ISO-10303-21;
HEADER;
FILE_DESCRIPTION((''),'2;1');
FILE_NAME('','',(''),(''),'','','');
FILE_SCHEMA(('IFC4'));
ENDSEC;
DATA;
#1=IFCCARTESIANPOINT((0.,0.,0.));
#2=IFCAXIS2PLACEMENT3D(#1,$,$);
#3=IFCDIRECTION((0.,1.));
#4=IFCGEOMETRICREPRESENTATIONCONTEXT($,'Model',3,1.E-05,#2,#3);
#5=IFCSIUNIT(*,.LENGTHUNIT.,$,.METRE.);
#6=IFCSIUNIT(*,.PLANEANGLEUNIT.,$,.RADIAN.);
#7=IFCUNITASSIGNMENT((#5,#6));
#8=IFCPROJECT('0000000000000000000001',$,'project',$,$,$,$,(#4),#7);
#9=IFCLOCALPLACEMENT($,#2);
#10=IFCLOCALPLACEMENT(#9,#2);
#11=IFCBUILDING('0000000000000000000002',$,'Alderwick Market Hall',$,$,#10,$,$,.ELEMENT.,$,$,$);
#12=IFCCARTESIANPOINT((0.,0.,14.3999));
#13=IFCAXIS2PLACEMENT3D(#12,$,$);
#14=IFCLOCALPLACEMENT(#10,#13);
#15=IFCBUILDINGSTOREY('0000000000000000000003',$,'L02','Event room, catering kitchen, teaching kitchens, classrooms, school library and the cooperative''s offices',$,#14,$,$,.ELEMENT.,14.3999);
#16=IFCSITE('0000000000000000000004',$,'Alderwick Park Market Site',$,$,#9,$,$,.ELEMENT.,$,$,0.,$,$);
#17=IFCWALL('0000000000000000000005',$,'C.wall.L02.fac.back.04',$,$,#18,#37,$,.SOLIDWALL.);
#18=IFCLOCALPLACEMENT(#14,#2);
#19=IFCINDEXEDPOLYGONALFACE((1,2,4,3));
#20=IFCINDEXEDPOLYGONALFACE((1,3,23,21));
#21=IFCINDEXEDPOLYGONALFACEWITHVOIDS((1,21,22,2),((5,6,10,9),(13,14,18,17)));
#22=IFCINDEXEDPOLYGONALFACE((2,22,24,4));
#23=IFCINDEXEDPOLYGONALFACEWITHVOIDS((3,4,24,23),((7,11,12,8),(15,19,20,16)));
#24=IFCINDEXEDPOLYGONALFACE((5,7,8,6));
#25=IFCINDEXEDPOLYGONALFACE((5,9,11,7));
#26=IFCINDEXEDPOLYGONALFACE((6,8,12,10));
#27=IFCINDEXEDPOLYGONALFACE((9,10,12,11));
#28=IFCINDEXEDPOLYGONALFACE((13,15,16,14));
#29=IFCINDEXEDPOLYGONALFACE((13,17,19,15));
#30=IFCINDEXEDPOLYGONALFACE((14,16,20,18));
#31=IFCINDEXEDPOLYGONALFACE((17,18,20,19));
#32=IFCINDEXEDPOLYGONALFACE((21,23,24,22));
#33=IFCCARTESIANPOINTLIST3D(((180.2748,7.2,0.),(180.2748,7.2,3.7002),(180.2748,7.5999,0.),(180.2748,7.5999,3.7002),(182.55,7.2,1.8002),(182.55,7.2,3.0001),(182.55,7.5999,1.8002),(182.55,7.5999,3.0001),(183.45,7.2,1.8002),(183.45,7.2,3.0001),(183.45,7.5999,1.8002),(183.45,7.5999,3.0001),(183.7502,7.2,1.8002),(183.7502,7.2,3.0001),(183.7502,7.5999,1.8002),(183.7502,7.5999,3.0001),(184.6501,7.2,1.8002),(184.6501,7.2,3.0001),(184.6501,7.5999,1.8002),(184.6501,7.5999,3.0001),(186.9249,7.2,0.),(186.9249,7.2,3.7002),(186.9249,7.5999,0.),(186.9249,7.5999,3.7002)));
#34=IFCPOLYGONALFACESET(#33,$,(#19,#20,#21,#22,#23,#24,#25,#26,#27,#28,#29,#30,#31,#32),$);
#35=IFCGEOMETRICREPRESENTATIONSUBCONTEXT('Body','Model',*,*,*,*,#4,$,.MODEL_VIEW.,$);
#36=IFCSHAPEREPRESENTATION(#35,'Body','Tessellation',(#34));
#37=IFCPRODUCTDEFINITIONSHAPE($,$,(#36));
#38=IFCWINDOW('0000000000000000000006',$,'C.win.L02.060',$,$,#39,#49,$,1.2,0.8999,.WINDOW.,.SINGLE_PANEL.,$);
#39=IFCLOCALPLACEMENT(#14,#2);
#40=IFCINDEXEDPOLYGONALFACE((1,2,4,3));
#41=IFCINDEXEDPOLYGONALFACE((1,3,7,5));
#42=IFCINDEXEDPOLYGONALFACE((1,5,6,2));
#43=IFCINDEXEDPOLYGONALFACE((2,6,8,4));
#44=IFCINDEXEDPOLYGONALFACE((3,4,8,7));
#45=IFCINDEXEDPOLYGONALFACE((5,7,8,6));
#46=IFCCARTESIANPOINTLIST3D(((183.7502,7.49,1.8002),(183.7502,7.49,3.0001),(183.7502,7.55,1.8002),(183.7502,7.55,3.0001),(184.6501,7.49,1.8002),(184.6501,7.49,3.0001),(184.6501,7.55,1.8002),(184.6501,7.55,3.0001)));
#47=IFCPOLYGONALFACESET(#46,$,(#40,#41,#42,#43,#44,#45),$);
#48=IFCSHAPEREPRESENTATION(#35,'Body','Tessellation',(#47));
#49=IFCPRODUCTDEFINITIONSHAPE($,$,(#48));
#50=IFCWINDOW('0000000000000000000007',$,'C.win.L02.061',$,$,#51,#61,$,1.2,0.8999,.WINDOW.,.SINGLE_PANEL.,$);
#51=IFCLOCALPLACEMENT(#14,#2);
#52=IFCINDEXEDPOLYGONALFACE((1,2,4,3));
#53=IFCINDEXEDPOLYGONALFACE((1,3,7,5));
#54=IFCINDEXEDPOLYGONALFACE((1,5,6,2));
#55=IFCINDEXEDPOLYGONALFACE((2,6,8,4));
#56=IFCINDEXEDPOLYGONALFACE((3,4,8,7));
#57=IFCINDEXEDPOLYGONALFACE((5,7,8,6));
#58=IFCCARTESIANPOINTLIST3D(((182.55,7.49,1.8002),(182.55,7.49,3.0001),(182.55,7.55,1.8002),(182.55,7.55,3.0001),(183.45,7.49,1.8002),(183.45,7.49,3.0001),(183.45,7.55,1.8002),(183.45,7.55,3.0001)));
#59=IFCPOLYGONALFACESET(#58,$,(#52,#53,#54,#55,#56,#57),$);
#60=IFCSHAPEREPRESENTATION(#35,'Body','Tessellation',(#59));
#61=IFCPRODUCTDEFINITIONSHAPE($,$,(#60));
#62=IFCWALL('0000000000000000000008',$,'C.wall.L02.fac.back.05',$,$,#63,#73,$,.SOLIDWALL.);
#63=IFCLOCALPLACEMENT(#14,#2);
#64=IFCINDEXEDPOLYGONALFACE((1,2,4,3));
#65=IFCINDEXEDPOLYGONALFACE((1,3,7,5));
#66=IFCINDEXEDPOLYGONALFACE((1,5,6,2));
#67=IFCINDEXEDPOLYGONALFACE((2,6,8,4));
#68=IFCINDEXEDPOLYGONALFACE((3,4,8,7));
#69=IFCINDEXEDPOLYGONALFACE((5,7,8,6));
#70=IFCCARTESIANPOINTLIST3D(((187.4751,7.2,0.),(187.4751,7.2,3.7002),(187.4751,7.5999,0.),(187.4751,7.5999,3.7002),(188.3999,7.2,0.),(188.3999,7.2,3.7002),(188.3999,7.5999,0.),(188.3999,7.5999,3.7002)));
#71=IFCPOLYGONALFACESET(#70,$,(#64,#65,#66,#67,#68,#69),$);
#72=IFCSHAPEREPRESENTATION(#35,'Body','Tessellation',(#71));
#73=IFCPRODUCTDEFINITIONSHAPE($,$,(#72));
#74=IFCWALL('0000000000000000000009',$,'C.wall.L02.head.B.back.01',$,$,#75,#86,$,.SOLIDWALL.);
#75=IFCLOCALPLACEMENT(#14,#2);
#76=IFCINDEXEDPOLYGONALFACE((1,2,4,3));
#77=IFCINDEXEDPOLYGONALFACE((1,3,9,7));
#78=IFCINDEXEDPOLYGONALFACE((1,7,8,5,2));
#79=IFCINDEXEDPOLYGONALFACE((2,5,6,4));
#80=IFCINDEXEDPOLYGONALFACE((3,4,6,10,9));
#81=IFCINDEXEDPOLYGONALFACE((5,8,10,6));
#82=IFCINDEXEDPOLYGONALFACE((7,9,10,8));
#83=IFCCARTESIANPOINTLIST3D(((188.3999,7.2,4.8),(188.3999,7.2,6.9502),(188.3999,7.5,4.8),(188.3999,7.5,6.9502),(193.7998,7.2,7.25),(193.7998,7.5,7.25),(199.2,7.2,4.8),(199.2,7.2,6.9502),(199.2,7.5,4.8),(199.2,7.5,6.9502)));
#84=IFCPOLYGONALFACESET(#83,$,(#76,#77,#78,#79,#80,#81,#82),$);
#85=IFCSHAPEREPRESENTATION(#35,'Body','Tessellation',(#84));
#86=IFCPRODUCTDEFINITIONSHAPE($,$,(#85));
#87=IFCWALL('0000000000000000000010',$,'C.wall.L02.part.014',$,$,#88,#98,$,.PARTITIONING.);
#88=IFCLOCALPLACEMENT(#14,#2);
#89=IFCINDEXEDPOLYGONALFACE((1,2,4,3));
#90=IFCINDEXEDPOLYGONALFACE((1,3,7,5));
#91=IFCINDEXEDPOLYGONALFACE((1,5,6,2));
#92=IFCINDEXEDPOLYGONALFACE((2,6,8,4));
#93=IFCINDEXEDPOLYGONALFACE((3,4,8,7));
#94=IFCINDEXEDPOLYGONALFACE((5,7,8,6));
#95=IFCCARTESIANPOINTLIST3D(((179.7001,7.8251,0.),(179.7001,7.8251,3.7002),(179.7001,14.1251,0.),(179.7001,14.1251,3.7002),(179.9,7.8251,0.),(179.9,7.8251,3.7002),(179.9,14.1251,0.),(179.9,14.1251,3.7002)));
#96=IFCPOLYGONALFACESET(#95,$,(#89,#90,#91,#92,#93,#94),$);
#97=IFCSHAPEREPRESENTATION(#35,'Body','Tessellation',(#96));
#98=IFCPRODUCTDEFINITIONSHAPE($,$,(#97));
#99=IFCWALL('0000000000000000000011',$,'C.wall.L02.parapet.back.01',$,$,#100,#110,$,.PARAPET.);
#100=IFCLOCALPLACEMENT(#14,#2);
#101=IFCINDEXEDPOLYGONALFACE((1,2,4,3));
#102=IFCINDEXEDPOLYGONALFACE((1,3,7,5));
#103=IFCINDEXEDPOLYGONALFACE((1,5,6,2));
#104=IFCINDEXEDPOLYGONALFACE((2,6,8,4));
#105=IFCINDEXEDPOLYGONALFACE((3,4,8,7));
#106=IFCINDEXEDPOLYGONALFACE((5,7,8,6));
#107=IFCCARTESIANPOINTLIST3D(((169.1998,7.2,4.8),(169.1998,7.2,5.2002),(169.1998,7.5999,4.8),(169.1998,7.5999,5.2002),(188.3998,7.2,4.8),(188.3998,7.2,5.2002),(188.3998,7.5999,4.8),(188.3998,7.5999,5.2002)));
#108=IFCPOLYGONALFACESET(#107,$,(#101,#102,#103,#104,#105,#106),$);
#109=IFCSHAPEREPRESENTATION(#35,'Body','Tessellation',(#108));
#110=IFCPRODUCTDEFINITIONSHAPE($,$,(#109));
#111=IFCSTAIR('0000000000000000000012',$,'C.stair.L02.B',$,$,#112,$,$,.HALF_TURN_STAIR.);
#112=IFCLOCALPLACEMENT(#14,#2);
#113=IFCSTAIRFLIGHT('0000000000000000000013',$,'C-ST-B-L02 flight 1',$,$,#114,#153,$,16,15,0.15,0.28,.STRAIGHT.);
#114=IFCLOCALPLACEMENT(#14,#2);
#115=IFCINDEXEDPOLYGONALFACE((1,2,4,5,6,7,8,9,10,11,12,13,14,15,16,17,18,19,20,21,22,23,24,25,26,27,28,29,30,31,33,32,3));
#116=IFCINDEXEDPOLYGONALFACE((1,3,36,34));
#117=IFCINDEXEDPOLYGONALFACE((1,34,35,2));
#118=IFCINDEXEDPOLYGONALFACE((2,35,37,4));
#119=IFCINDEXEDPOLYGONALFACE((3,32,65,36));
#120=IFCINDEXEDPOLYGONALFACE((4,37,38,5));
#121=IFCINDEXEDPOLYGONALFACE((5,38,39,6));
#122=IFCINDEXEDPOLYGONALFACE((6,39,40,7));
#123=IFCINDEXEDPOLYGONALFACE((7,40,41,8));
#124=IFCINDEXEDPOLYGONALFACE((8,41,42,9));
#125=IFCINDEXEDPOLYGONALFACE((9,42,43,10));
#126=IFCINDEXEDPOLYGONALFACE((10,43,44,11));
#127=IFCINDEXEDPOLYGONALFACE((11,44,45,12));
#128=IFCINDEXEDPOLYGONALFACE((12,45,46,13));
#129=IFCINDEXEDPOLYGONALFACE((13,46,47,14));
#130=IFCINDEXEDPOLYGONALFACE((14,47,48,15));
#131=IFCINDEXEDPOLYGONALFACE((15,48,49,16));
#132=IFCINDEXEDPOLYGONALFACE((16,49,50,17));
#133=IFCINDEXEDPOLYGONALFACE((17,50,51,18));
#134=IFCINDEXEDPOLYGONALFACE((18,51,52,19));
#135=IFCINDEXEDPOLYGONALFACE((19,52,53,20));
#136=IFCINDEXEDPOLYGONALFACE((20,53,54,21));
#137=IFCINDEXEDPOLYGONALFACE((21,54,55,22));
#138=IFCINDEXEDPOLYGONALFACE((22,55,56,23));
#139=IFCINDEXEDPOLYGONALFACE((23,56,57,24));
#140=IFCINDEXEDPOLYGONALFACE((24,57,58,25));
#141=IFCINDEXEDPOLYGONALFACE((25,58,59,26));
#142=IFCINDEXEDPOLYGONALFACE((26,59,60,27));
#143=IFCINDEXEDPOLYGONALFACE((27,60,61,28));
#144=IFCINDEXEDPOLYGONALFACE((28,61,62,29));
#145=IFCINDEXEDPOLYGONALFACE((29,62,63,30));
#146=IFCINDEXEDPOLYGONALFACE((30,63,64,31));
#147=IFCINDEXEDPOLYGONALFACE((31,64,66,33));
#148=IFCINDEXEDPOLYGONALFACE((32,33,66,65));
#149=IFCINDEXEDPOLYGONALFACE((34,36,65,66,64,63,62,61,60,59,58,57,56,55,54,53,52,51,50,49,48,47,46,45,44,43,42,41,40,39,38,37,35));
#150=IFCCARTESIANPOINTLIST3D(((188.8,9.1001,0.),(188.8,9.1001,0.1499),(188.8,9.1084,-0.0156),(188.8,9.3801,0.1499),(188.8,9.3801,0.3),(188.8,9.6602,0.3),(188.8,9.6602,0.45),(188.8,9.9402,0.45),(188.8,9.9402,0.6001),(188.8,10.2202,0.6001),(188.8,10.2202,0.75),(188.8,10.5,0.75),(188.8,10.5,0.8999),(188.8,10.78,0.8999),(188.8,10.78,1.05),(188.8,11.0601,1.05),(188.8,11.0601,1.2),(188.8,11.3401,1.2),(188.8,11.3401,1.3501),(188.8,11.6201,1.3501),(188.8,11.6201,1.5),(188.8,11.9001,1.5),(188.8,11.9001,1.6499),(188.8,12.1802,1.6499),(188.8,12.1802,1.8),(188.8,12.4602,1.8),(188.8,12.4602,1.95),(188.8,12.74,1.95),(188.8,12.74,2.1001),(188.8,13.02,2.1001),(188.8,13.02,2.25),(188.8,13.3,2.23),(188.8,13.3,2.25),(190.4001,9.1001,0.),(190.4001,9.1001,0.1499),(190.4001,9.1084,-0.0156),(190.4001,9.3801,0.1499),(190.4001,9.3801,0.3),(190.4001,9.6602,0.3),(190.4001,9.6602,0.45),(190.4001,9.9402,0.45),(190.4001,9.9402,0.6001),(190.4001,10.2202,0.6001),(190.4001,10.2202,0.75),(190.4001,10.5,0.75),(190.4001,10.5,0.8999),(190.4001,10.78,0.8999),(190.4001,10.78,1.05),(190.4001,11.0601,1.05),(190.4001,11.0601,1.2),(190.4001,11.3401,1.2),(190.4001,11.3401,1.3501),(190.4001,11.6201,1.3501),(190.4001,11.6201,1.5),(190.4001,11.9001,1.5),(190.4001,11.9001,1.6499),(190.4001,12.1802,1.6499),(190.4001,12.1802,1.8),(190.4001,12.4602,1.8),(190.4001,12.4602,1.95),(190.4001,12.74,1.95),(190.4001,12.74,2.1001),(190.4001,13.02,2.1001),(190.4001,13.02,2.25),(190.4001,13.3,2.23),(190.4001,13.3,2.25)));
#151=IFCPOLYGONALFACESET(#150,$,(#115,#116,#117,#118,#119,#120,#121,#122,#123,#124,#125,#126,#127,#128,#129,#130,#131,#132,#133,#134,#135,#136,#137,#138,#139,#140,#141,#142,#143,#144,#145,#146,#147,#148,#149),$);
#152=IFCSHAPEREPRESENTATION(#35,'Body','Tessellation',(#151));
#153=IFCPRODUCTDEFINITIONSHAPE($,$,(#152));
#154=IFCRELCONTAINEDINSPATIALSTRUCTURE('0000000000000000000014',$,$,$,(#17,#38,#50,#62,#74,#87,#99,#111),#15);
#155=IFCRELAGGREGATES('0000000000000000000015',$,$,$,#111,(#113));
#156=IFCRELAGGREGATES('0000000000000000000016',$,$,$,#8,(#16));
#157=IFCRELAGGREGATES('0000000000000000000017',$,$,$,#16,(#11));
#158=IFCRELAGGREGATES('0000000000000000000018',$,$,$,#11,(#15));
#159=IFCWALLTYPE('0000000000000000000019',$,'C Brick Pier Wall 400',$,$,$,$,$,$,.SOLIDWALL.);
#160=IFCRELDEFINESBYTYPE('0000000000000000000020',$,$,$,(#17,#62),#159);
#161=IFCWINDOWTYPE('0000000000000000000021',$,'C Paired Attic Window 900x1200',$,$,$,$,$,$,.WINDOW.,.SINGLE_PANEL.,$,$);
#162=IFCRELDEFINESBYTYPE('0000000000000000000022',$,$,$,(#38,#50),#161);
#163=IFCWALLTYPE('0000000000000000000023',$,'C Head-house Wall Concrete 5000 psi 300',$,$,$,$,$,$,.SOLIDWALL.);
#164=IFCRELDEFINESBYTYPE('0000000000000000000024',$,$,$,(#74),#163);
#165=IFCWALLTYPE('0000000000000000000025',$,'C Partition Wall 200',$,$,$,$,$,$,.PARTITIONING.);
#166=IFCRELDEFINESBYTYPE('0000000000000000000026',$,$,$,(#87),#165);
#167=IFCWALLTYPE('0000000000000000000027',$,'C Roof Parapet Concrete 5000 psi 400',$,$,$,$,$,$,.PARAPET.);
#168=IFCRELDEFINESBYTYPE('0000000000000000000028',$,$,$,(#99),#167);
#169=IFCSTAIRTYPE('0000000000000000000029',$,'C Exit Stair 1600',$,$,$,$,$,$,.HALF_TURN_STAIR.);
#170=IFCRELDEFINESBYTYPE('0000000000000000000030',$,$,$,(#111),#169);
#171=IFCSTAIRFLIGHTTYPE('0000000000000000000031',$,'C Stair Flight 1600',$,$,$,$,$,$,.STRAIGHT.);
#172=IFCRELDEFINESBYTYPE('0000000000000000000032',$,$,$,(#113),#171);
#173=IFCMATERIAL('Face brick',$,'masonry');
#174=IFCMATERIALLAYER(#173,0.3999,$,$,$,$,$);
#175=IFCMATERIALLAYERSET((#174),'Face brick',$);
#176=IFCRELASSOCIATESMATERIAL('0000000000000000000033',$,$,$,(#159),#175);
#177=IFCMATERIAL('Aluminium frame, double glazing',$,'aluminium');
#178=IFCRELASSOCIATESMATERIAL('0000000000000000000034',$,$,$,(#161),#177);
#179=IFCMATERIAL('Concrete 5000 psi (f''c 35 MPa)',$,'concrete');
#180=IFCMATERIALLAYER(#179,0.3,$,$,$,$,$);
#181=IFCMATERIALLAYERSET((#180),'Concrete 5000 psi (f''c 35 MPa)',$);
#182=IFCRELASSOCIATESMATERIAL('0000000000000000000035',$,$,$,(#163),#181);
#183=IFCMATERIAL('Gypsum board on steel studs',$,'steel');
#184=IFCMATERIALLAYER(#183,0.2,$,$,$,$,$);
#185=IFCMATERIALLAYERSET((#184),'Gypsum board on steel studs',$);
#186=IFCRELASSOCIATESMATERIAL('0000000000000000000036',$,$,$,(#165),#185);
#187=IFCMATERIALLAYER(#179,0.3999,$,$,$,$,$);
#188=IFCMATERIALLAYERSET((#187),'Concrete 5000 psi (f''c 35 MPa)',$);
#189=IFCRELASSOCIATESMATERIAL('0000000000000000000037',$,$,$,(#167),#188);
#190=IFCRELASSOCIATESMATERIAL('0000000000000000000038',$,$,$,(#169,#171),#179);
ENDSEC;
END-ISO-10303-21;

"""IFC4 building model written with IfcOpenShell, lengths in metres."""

from ifc_helpers import new_model, si_unit, direction, frame, frame_2d, origin, place, context, subcontext, project, spatial, polyline, rectangle, outline, extrude, material, layer, layer_set, type_object, element, fill, aggregate, save


model = new_model("IFC4")

# Units and contexts
model_context = context("Model", 3, precision=1e-05, world=origin(), true_north=direction((0.0, 1.0)))
body_context = subcontext(model_context, "Body", "Model", "MODEL_VIEW")
ifc_project = project(units=[si_unit("LENGTHUNIT", "METRE"), si_unit("PLANEANGLEUNIT", "RADIAN")], contexts=[model_context])

# Site, building, storey
site_placement = place(None, origin())
site = spatial("IfcSite", under=ifc_project, at=site_placement, Name="Alderwick Park Market Site", CompositionType="ELEMENT", RefElevation=0.0)
building_placement = place(site_placement, origin())
building = spatial("IfcBuilding", under=site, at=building_placement, Name="Alderwick Market Hall", CompositionType="ELEMENT")
storey_placement = place(building_placement, frame((0.0, 0.0, 14.3999)))
storey = spatial("IfcBuildingStorey", under=building, at=storey_placement, Name="L02", Description="Event room, catering kitchen, teaching kitchens, classrooms, school library and the cooperative's offices", CompositionType="ELEMENT", Elevation=14.3999)

# Shared definitions
ifc_material_1 = material(Name="Concrete 5000 psi (f'c 35 MPa)", Category="concrete")

# Shared definitions
ifc_material_2 = material(Name="Face brick", Category="masonry")
ifc_layer_1 = layer(ifc_material_2, 0.3999)
ifc_layer_set_1 = layer_set([ifc_layer_1], Name="Face brick")
wall_type_1 = type_object("IfcWallType", Name="C Brick Pier Wall 400", PredefinedType="SOLIDWALL", material=ifc_layer_set_1)
ifc_material_3 = material(Name="Aluminium frame, double glazing", Category="aluminium")
window_type = type_object("IfcWindowType", Name="C Paired Attic Window 900x1200", PartitioningType="SINGLE_PANEL", PredefinedType="WINDOW", material=ifc_material_3)

# Wall, openings, windows
wall_1_placement = place(storey_placement, frame((186.925, 7.3999, 0.0), z_axis=(0.0, 0.0, 1.0), x_axis=(-1.0, 0.0, 0.0)))
wall_1 = element("IfcWall", 1, at=wall_1_placement, inside=storey, type_object=wall_type_1, Name="C.wall.L02.fac.back.04", PredefinedType="SOLIDWALL", context=body_context, shape_type="SweptSolid", body=[
    extrude(rectangle(XDim=6.6501, YDim=0.3999, at=frame_2d((3.3252, 0.0))), origin(), (0.0, 0.0, 1.0), 3.7002),
])
opening_1_placement = place(wall_1_placement, frame((2.2749, 0.0, 1.8)))
opening_1 = element("IfcOpeningElement", 2, at=opening_1_placement, cuts=wall_1, PredefinedType="OPENING", context=body_context, shape_type="SweptSolid", body=[
    extrude(rectangle(XDim=0.8999, YDim=1.2, at=frame_2d((0.45, 0.6001))), frame((0.0, 0.21, 0.0), z_axis=(0.0, -1.0, 0.0), x_axis=(1.0, 0.0, 0.0)), (0.0, 0.0, 1.0), 0.4199),
])
opening_2_placement = place(wall_1_placement, frame((3.4751, 0.0, 1.8)))
opening_2 = element("IfcOpeningElement", 3, at=opening_2_placement, cuts=wall_1, PredefinedType="OPENING", context=body_context, shape_type="SweptSolid", body=[
    extrude(rectangle(XDim=0.8999, YDim=1.2, at=frame_2d((0.45, 0.6001))), frame((0.0, 0.21, 0.0), z_axis=(0.0, -1.0, 0.0), x_axis=(1.0, 0.0, 0.0)), (0.0, 0.0, 1.0), 0.4199),
])
window_1_placement = place(opening_1_placement, origin())
window_1 = element("IfcWindow", 4, at=window_1_placement, inside=storey, type_object=window_type, Name="C.win.L02.060", OverallHeight=1.2, OverallWidth=0.8999, PartitioningType="SINGLE_PANEL", PredefinedType="WINDOW", context=body_context, shape_type="SweptSolid", body=[
    extrude(rectangle(XDim=0.8999, YDim=1.2, at=frame_2d((0.45, 0.6001))), frame((0.0, -0.0901, 0.0), z_axis=(0.0, -1.0, 0.0), x_axis=(1.0, 0.0, 0.0)), (0.0, 0.0, 1.0), 0.0601),
])
fill(opening_1, window_1)
window_2_placement = place(opening_2_placement, origin())
window_2 = element("IfcWindow", 5, at=window_2_placement, inside=storey, type_object=window_type, Name="C.win.L02.061", OverallHeight=1.2, OverallWidth=0.8999, PartitioningType="SINGLE_PANEL", PredefinedType="WINDOW", context=body_context, shape_type="SweptSolid", body=[
    extrude(rectangle(XDim=0.8999, YDim=1.2, at=frame_2d((0.45, 0.6001))), frame((0.0, -0.0901, 0.0), z_axis=(0.0, -1.0, 0.0), x_axis=(1.0, 0.0, 0.0)), (0.0, 0.0, 1.0), 0.0601),
])
fill(opening_2, window_2)

# Walls
wall_2_placement = place(storey_placement, frame((188.3999, 7.3999, 0.0), z_axis=(0.0, 0.0, 1.0), x_axis=(-1.0, 0.0, 0.0)))
element("IfcWall", 6, at=wall_2_placement, inside=storey, type_object=wall_type_1, Name="C.wall.L02.fac.back.05", PredefinedType="SOLIDWALL", context=body_context, shape_type="SweptSolid", body=[
    extrude(rectangle(XDim=0.9248, YDim=0.3999, at=frame_2d((0.4624, 0.0))), origin(), (0.0, 0.0, 1.0), 3.7002),
])
ifc_layer_2 = layer(ifc_material_1, 0.3)
ifc_layer_set_2 = layer_set([ifc_layer_2], Name="Concrete 5000 psi (f'c 35 MPa)")
wall_type_2 = type_object("IfcWallType", Name="C Head-house Wall Concrete 5000 psi 300", PredefinedType="SOLIDWALL", material=ifc_layer_set_2)
wall_3_placement = place(storey_placement, frame((188.3999, 7.3501, 4.8), z_axis=(0.0, 0.0, 1.0), x_axis=(1.0, 0.0, 0.0)))
element("IfcWall", 7, at=wall_3_placement, inside=storey, type_object=wall_type_2, Name="C.wall.L02.head.B.back.01", PredefinedType="SOLIDWALL", context=body_context, shape_type="SweptSolid", body=[
    extrude(outline(polyline([(0.0, 0.0), (10.8, 0.0), (10.8, 2.1501), (5.3999, 2.45), (0.0, 2.1501), (0.0, 0.0)])), frame((0.0, 0.1499, 0.0), z_axis=(0.0, -1.0, 0.0), x_axis=(1.0, 0.0, 0.0)), (0.0, 0.0, 1.0), 0.3),
])
ifc_material_4 = material(Name="Gypsum board on steel studs", Category="steel")
ifc_layer_3 = layer(ifc_material_4, 0.2)
ifc_layer_set_3 = layer_set([ifc_layer_3], Name="Gypsum board on steel studs")
wall_type_3 = type_object("IfcWallType", Name="C Partition Wall 200", PredefinedType="PARTITIONING", material=ifc_layer_set_3)
wall_4_placement = place(storey_placement, frame((179.8, 14.125, 0.0), z_axis=(0.0, 0.0, 1.0), x_axis=(0.0, -1.0, 0.0)))
element("IfcWall", 8, at=wall_4_placement, inside=storey, type_object=wall_type_3, Name="C.wall.L02.part.014", PredefinedType="PARTITIONING", context=body_context, shape_type="SweptSolid", body=[
    extrude(rectangle(XDim=6.3, YDim=0.2, at=frame_2d((3.1499, 0.0))), origin(), (0.0, 0.0, 1.0), 3.7002),
])
ifc_layer_4 = layer(ifc_material_1, 0.3999)
ifc_layer_set_4 = layer_set([ifc_layer_4], Name="Concrete 5000 psi (f'c 35 MPa)")
wall_type_4 = type_object("IfcWallType", Name="C Roof Parapet Concrete 5000 psi 400", PredefinedType="PARAPET", material=ifc_layer_set_4)
wall_5_placement = place(storey_placement, frame((188.3999, 7.3999, 4.8), z_axis=(0.0, 0.0, 1.0), x_axis=(-1.0, 0.0, 0.0)))
element("IfcWall", 9, at=wall_5_placement, inside=storey, type_object=wall_type_4, Name="C.wall.L02.parapet.back.01", PredefinedType="PARAPET", context=body_context, shape_type="SweptSolid", body=[
    extrude(rectangle(XDim=19.2, YDim=0.3999, at=frame_2d((9.6001, 0.0))), origin(), (0.0, 0.0, 1.0), 0.4001),
])

# Stair, stair flight
stair_type = type_object("IfcStairType", Name="C Exit Stair 1600", PredefinedType="HALF_TURN_STAIR", material=ifc_material_1)
stair_placement = place(storey_placement, origin())
stair = element("IfcStair", 10, at=stair_placement, inside=storey, type_object=stair_type, Name="C.stair.L02.B", PredefinedType="HALF_TURN_STAIR")
stair_flight_type = type_object("IfcStairFlightType", Name="C Stair Flight 1600", PredefinedType="STRAIGHT", material=ifc_material_1)
stair_flight_1_placement = place(storey_placement, frame((189.6001, 9.1001, 0.0), z_axis=(0.0, 0.0, 1.0), x_axis=(0.0, 1.0, 0.0)))
stair_flight_1 = element("IfcStairFlight", 11, at=stair_flight_1_placement, type_object=stair_flight_type, Name="C-ST-B-L02 flight 1", NumberOfRisers=16, NumberOfTreads=15, PredefinedType="STRAIGHT", RiserHeight=0.15, TreadLength=0.28, context=body_context, shape_type="SweptSolid", body=[
    extrude(outline(polyline([(0.0083, -0.0156), (0.0, 0.0), (0.0, 0.1499), (0.28, 0.1499), (0.28, 0.3), (0.5601, 0.3), (0.5601, 0.45), (0.8401, 0.45), (0.8401, 0.6001), (1.1201, 0.6001), (1.1201, 0.75), (1.3999, 0.75), (1.3999, 0.8999), (1.6799, 0.8999), (1.6799, 1.05), (1.96, 1.05), (1.96, 1.2), (2.24, 1.2), (2.24, 1.3501), (2.52, 1.3501), (2.52, 1.5), (2.8, 1.5), (2.8, 1.6499), (3.0801, 1.6499), (3.0801, 1.8), (3.3601, 1.8), (3.3601, 1.95), (3.6399, 1.95), (3.6399, 2.1001), (3.9199, 2.1001), (3.9199, 2.25), (4.2, 2.25), (4.2, 2.23), (0.0083, -0.0156)])), frame((0.0, 0.8, 0.0), z_axis=(0.0, -1.0, 0.0), x_axis=(1.0, 0.0, 0.0)), (0.0, 0.0, 1.0), 1.6001),
])
aggregate(stair, [stair_flight_1])

save(model, "model.ifc")
